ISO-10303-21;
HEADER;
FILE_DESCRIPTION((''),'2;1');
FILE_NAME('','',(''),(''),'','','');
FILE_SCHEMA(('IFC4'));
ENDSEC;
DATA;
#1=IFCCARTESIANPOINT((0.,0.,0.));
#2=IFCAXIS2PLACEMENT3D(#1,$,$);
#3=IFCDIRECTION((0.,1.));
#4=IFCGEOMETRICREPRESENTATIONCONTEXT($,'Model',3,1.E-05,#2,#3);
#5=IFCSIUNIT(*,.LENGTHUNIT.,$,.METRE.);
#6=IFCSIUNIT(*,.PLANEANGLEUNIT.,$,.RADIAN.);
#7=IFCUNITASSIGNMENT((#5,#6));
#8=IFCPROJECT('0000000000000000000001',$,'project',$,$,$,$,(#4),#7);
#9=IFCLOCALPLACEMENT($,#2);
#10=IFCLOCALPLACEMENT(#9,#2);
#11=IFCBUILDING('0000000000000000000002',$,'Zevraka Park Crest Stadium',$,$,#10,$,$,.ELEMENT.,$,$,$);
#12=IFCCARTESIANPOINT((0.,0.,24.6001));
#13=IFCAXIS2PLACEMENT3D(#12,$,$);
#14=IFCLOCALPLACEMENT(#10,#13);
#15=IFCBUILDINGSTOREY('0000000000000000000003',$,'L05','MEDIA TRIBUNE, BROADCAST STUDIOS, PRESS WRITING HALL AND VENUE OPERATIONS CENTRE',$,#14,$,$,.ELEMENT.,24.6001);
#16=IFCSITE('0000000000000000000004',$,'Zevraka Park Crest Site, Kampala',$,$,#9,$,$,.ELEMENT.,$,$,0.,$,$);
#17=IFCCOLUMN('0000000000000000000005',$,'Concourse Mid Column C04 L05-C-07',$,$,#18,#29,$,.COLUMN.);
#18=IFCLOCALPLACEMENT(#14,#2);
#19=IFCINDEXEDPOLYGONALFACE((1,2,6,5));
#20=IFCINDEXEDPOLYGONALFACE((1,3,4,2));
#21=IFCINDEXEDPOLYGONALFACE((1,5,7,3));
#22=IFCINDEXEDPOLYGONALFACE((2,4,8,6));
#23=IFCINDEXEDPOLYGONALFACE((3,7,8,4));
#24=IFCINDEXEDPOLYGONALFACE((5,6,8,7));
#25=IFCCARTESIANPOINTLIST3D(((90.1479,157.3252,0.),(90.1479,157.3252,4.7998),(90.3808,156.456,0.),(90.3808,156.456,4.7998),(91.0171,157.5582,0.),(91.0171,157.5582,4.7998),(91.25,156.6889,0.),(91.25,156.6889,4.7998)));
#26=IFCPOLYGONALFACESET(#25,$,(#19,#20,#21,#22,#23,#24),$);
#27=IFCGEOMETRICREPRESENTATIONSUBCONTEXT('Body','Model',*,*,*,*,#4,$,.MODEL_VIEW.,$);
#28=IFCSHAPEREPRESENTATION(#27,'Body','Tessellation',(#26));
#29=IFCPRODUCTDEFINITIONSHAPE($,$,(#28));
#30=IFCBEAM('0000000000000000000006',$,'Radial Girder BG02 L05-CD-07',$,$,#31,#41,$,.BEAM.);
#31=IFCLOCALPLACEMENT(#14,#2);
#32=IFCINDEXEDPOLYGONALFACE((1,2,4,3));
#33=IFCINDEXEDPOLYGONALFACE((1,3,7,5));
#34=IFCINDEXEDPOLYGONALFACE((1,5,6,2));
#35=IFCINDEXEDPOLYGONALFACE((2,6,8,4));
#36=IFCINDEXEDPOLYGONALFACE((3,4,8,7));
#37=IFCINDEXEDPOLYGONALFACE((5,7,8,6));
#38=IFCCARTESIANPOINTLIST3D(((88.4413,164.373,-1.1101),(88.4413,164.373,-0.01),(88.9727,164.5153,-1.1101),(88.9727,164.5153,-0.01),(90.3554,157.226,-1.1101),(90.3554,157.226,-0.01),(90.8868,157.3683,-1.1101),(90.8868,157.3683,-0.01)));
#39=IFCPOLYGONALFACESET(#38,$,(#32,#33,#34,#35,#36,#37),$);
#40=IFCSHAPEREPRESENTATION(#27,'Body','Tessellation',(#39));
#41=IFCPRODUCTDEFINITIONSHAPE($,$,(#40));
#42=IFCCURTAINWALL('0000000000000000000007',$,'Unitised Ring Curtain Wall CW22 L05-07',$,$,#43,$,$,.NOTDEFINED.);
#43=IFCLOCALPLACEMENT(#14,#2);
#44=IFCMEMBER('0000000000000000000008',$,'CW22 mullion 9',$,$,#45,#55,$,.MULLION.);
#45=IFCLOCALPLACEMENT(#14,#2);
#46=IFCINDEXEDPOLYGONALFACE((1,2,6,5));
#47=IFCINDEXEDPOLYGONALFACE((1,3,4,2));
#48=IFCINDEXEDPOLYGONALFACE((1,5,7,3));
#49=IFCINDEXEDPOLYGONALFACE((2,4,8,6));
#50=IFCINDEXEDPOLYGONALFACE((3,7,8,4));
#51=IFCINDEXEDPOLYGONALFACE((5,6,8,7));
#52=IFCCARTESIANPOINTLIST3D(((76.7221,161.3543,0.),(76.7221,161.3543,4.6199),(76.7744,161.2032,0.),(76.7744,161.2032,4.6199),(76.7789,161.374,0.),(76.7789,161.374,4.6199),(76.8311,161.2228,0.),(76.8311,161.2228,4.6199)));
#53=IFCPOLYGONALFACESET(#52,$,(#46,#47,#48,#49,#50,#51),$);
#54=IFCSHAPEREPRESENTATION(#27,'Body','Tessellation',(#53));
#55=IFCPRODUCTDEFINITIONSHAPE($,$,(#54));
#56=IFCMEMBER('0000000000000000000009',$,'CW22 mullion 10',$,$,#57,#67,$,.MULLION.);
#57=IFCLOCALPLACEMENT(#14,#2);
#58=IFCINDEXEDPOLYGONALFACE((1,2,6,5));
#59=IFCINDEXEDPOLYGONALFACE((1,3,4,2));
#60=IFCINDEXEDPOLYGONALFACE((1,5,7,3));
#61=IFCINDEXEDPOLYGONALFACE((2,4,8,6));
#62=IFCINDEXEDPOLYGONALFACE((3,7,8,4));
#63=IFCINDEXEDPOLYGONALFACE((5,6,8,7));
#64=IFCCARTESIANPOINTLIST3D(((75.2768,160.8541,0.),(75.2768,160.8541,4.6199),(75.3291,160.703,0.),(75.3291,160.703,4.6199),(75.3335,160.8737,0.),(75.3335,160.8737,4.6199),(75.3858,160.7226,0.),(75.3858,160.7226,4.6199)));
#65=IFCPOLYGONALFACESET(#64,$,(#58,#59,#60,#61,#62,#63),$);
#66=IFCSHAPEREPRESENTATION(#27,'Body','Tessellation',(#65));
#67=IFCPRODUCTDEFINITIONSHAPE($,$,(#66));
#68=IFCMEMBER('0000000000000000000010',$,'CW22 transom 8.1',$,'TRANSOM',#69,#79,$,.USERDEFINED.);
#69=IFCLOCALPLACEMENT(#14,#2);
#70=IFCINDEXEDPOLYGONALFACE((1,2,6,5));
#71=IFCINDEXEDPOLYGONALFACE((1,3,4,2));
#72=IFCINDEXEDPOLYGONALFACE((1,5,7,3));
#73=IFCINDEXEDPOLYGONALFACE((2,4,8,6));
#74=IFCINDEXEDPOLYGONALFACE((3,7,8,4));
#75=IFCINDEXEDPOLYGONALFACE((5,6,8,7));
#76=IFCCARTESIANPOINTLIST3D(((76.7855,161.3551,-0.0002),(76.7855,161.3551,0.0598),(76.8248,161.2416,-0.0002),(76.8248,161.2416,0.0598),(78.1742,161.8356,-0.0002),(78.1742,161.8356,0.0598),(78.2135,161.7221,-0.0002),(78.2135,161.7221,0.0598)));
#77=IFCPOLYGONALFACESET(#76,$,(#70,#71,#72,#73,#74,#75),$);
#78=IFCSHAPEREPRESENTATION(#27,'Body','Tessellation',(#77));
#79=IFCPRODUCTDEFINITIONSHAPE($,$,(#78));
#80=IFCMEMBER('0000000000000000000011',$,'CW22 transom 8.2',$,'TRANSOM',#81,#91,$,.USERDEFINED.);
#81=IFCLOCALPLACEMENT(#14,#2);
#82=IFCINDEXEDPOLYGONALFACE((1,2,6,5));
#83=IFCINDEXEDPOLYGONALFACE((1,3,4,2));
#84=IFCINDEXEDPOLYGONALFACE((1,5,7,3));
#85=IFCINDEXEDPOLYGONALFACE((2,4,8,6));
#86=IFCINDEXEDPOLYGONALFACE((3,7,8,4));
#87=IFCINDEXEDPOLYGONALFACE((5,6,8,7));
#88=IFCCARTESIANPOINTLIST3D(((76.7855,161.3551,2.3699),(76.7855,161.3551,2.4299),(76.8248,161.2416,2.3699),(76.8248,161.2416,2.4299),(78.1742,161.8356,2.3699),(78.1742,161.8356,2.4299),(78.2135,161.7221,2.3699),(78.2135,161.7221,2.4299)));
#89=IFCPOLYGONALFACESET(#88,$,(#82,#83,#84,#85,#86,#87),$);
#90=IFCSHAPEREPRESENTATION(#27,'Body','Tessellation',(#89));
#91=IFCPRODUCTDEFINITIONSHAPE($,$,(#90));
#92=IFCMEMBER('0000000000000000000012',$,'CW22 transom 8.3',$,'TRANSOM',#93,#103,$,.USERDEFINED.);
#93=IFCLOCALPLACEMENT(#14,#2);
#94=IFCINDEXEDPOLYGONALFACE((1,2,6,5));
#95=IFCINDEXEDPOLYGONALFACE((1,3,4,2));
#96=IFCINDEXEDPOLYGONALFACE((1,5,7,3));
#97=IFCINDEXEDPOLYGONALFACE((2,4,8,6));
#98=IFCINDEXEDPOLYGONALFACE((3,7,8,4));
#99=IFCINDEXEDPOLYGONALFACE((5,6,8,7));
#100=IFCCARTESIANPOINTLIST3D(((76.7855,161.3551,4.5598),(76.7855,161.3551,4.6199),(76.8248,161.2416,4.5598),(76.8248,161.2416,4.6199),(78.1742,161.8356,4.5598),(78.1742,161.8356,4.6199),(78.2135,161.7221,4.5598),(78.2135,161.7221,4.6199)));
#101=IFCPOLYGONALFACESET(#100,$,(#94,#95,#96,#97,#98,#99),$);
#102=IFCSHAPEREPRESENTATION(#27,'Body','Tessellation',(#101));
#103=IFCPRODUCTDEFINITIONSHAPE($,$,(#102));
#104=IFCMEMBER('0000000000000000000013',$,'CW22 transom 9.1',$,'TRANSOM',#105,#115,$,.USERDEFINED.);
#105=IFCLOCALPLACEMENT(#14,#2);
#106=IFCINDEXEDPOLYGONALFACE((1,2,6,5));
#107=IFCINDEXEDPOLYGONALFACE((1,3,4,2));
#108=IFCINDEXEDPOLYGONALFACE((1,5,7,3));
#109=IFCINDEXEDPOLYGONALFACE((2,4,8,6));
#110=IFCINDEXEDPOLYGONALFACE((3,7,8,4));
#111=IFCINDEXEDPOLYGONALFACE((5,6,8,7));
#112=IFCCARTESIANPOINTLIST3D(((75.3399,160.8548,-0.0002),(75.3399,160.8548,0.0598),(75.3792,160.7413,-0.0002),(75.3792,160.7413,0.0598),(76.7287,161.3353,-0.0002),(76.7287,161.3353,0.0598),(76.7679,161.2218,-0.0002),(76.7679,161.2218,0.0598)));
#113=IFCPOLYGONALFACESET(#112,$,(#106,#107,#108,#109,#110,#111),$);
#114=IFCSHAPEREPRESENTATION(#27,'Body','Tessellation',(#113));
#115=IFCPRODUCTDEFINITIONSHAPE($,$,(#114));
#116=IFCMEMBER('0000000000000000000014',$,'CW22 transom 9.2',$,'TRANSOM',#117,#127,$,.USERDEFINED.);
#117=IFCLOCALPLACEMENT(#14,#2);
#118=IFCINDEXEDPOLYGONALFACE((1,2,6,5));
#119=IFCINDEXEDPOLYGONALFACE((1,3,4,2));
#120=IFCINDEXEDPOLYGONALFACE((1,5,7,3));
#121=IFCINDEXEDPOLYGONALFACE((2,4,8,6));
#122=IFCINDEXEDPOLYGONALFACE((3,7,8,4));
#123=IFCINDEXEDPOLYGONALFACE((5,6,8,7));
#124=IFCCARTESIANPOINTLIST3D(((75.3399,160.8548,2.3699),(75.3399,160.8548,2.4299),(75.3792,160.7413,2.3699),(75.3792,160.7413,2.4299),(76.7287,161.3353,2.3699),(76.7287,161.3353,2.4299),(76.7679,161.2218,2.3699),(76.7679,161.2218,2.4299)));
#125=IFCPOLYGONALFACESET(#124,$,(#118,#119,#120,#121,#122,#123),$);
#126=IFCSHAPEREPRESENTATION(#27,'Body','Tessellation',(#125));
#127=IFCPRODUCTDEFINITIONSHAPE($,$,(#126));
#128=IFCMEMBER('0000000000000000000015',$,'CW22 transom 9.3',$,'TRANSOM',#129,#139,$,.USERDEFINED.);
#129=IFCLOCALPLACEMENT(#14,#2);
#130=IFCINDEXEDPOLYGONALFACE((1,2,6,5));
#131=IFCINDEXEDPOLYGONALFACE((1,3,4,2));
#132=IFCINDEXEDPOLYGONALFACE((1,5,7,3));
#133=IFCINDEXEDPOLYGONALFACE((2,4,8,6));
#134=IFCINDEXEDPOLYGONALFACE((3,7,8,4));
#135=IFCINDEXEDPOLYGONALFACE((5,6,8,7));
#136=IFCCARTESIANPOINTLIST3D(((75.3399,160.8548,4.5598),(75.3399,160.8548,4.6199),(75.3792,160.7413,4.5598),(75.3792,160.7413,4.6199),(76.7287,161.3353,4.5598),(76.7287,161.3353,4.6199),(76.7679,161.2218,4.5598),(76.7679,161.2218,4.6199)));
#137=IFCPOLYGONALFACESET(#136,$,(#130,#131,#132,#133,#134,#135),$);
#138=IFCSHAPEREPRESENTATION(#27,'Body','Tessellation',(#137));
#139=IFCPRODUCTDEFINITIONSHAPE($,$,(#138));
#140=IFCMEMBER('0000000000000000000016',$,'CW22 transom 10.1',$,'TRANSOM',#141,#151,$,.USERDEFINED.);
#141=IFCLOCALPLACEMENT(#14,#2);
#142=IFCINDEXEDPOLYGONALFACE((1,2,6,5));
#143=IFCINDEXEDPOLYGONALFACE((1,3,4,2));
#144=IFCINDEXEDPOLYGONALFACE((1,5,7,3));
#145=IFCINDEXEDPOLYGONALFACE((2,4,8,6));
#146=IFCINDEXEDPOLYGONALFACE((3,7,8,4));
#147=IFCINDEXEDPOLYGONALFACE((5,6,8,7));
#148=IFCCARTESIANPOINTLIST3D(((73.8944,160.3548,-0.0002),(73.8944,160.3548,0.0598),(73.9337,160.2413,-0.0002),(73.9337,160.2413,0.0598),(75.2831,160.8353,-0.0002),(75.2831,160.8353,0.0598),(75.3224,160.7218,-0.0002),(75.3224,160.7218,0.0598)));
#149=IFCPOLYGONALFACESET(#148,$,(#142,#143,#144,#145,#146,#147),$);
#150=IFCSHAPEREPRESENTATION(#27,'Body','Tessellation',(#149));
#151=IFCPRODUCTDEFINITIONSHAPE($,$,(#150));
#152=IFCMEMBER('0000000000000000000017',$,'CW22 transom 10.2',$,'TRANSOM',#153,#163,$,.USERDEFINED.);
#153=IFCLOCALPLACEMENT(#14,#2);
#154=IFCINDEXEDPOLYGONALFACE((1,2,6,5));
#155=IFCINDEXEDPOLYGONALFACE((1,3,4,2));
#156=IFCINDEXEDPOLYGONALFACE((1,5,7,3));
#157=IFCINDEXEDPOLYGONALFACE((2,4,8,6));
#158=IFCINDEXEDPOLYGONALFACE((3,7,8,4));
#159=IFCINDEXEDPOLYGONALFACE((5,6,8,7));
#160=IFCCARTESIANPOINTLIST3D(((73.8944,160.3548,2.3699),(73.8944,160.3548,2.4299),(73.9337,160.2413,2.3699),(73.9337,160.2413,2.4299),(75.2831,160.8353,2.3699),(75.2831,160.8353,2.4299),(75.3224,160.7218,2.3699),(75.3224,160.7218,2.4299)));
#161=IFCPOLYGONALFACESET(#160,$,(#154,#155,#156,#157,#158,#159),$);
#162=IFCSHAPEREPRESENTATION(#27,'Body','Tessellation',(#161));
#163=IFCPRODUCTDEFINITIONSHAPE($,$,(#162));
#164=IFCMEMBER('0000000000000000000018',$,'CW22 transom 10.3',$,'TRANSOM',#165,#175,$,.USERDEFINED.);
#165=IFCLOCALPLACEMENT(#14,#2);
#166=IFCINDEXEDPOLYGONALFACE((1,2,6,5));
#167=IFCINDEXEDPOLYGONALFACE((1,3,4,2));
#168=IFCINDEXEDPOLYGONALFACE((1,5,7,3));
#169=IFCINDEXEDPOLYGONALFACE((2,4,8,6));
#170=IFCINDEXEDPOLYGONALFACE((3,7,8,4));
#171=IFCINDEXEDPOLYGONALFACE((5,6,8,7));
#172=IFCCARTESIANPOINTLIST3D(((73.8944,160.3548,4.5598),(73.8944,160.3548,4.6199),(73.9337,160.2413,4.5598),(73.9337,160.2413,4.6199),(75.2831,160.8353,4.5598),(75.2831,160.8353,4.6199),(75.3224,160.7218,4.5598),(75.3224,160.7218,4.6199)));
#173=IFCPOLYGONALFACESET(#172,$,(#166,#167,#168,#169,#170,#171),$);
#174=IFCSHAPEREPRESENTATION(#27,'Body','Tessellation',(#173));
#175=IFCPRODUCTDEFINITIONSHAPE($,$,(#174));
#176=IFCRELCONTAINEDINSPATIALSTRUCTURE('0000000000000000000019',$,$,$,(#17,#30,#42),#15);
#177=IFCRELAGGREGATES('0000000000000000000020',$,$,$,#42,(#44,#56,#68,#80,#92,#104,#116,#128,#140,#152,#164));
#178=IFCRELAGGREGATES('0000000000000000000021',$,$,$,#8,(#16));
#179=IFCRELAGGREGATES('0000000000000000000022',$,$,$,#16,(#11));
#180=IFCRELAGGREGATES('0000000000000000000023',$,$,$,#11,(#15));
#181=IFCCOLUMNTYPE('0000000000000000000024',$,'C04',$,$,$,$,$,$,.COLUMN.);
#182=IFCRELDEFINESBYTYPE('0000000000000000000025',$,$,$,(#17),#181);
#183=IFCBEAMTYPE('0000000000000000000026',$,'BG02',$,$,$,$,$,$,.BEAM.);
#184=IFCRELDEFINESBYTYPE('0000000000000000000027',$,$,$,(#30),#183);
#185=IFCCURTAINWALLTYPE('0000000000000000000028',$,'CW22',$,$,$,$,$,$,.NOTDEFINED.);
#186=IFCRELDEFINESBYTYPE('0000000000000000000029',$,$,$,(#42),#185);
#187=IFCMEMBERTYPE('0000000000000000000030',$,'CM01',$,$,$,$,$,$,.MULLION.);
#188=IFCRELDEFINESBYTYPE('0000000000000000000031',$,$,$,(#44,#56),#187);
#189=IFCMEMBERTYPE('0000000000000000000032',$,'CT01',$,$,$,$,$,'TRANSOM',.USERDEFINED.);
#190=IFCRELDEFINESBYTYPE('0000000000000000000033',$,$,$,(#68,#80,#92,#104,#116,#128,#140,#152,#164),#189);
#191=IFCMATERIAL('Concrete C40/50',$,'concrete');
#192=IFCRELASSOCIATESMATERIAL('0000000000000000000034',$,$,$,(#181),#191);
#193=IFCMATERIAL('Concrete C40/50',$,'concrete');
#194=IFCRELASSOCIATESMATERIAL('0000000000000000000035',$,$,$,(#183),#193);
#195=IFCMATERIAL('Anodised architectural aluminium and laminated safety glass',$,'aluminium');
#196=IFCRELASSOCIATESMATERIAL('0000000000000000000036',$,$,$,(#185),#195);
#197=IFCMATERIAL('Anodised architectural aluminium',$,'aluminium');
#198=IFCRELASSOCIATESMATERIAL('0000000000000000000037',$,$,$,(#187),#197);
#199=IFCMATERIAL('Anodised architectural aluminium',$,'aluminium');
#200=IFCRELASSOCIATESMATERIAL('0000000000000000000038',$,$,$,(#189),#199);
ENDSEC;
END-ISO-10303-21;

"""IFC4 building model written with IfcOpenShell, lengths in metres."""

from ifc_helpers import new_model, si_unit, direction, frame, origin, origin_2d, place, context, subcontext, project, spatial, rectangle, extrude, material, material_profile, profile_set, type_object, element, aggregate, save


model = new_model("IFC4")

# Units and contexts
model_context = context("Model", 3, precision=1e-05, world=origin(), true_north=direction((0.0, 1.0)))
body_context = subcontext(model_context, "Body", "Model", "MODEL_VIEW")
ifc_project = project(units=[si_unit("LENGTHUNIT", "METRE"), si_unit("PLANEANGLEUNIT", "RADIAN")], contexts=[model_context])

# Site, building, storey
site_placement = place(None, origin())
site = spatial("IfcSite", under=ifc_project, at=site_placement, Name="Zevraka Park Crest Site, Kampala", CompositionType="ELEMENT", RefElevation=0.0)
building_placement = place(site_placement, origin())
building = spatial("IfcBuilding", under=site, at=building_placement, Name="Zevraka Park Crest Stadium", CompositionType="ELEMENT")
storey_placement = place(building_placement, frame((0.0, 0.0, 24.6001)))
storey = spatial("IfcBuildingStorey", under=building, at=storey_placement, Name="L05", Description="MEDIA TRIBUNE, BROADCAST STUDIOS, PRESS WRITING HALL AND VENUE OPERATIONS CENTRE", CompositionType="ELEMENT", Elevation=24.6001)

# Column
ifc_material_1 = material(Name="Concrete C40/50", Category="concrete")
ifc_material_profile_1 = material_profile(ifc_material_1, rectangle(XDim=0.8999, YDim=0.8999, at=origin_2d()), Name="RC 900x900")
ifc_profile_set_1 = profile_set([ifc_material_profile_1], Name="Concrete C40/50")
column_type = type_object("IfcColumnType", Name="C04", PredefinedType="COLUMN", material=ifc_profile_set_1)
column_placement = place(storey_placement, frame((90.699, 157.0071, 0.0), z_axis=(0.0, 0.0, 1.0), x_axis=(-0.258819, 0.965926, 0.0)))
element("IfcColumn", 1, at=column_placement, inside=storey, type_object=column_type, Name="Concourse Mid Column C04 L05-C-07", PredefinedType="COLUMN", context=body_context, shape_type="SweptSolid", body=[
    extrude(rectangle(XDim=0.8999, YDim=0.8999, at=origin_2d()), origin(), (0.0, 0.0, 1.0), 4.7998),
])

# Beam
ifc_material_2 = material(Name="Concrete C40/50", Category="concrete")
ifc_material_profile_2 = material_profile(ifc_material_2, rectangle(XDim=0.55, YDim=1.1001, at=origin_2d()), Name="RC 1100x550")
ifc_profile_set_2 = profile_set([ifc_material_profile_2], Name="Concrete C40/50")
beam_type_1 = type_object("IfcBeamType", Name="BG02", PredefinedType="BEAM", material=ifc_profile_set_2)
beam_1_placement = place(storey_placement, frame((90.6211, 157.2971, -0.5601), z_axis=(-0.258698, 0.965958, 0.0), x_axis=(-0.965958, -0.258698, 0.0)))
element("IfcBeam", 2, at=beam_1_placement, inside=storey, type_object=beam_type_1, Name="Radial Girder BG02 L05-CD-07", PredefinedType="BEAM", context=body_context, shape_type="SweptSolid", body=[
    extrude(rectangle(XDim=0.55, YDim=1.1001, at=origin_2d()), origin(), (0.0, 0.0, 1.0), 7.3989),
])

# Curtain wall, members
ifc_material_3 = material(Name="Anodised architectural aluminium and laminated safety glass", Category="aluminium")
curtain_wall_type = type_object("IfcCurtainWallType", Name="CW22", PredefinedType="NOTDEFINED", material=ifc_material_3)
curtain_wall_placement = place(storey_placement, origin())
curtain_wall = element("IfcCurtainWall", 3, at=curtain_wall_placement, inside=storey, type_object=curtain_wall_type, Name="Unitised Ring Curtain Wall CW22 L05-07", PredefinedType="NOTDEFINED")
ifc_material_4 = material(Name="Anodised architectural aluminium", Category="aluminium")
ifc_material_profile_3 = material_profile(ifc_material_4, rectangle(XDim=0.1599, YDim=0.0601, at=origin_2d()), Name="ALU MULLION 160x60")
ifc_profile_set_3 = profile_set([ifc_material_profile_3], Name="Anodised architectural aluminium")
member_type_1 = type_object("IfcMemberType", Name="CM01", PredefinedType="MULLION", material=ifc_profile_set_3)
member_1_placement = place(storey_placement, frame((76.7766, 161.2886, 0.0), z_axis=(0.0, 0.0, 1.0), x_axis=(0.326929, -0.945049, 0.0)))
member_1 = element("IfcMember", 4, at=member_1_placement, type_object=member_type_1, Name="CW22 mullion 9", PredefinedType="MULLION", context=body_context, shape_type="SweptSolid", body=[
    extrude(rectangle(XDim=0.1599, YDim=0.0601, at=origin_2d()), origin(), (0.0, 0.0, 1.0), 4.6199),
])
member_2_placement = place(storey_placement, frame((75.3313, 160.7883, 0.0), z_axis=(0.0, 0.0, 1.0), x_axis=(0.326929, -0.945049, 0.0)))
member_2 = element("IfcMember", 5, at=member_2_placement, type_object=member_type_1, Name="CW22 mullion 10", PredefinedType="MULLION", context=body_context, shape_type="SweptSolid", body=[
    extrude(rectangle(XDim=0.1599, YDim=0.0601, at=origin_2d()), origin(), (0.0, 0.0, 1.0), 4.6199),
])
ifc_material_5 = material(Name="Anodised architectural aluminium", Category="aluminium")
ifc_material_profile_4 = material_profile(ifc_material_5, rectangle(XDim=0.1201, YDim=0.0601, at=origin_2d()), Name="ALU TRANSOM 120x60")
ifc_profile_set_4 = profile_set([ifc_material_profile_4], Name="Anodised architectural aluminium")
member_type_2 = type_object("IfcMemberType", Name="CT01", ElementType="TRANSOM", PredefinedType="USERDEFINED", material=ifc_profile_set_4)
member_3_placement = place(storey_placement, frame((78.1938, 161.7788, 0.0298), z_axis=(-0.945033, -0.326974, 0.0), x_axis=(0.326974, -0.945033, 0.0)))
member_3 = element("IfcMember", 6, at=member_3_placement, type_object=member_type_2, Name="CW22 transom 8.1", ObjectType="TRANSOM", PredefinedType="USERDEFINED", context=body_context, shape_type="SweptSolid", body=[
    extrude(rectangle(XDim=0.1201, YDim=0.0601, at=origin_2d()), origin(), (0.0, 0.0, 1.0), 1.4695),
])
member_4_placement = place(storey_placement, frame((78.1938, 161.7788, 2.3999), z_axis=(-0.945033, -0.326974, 0.0), x_axis=(0.326974, -0.945033, 0.0)))
member_4 = element("IfcMember", 7, at=member_4_placement, type_object=member_type_2, Name="CW22 transom 8.2", ObjectType="TRANSOM", PredefinedType="USERDEFINED", context=body_context, shape_type="SweptSolid", body=[
    extrude(rectangle(XDim=0.1201, YDim=0.0601, at=origin_2d()), origin(), (0.0, 0.0, 1.0), 1.4695),
])
member_5_placement = place(storey_placement, frame((78.1938, 161.7788, 4.5898), z_axis=(-0.945033, -0.326974, 0.0), x_axis=(0.326974, -0.945033, 0.0)))
member_5 = element("IfcMember", 8, at=member_5_placement, type_object=member_type_2, Name="CW22 transom 8.3", ObjectType="TRANSOM", PredefinedType="USERDEFINED", context=body_context, shape_type="SweptSolid", body=[
    extrude(rectangle(XDim=0.1201, YDim=0.0601, at=origin_2d()), origin(), (0.0, 0.0, 1.0), 1.4695),
])
member_6_placement = place(storey_placement, frame((76.7483, 161.2786, 0.0298), z_axis=(-0.945033, -0.326974, 0.0), x_axis=(0.326974, -0.945033, 0.0)))
member_6 = element("IfcMember", 9, at=member_6_placement, type_object=member_type_2, Name="CW22 transom 9.1", ObjectType="TRANSOM", PredefinedType="USERDEFINED", context=body_context, shape_type="SweptSolid", body=[
    extrude(rectangle(XDim=0.1201, YDim=0.0601, at=origin_2d()), origin(), (0.0, 0.0, 1.0), 1.4695),
])
member_7_placement = place(storey_placement, frame((76.7483, 161.2786, 2.3999), z_axis=(-0.945033, -0.326974, 0.0), x_axis=(0.326974, -0.945033, 0.0)))
member_7 = element("IfcMember", 10, at=member_7_placement, type_object=member_type_2, Name="CW22 transom 9.2", ObjectType="TRANSOM", PredefinedType="USERDEFINED", context=body_context, shape_type="SweptSolid", body=[
    extrude(rectangle(XDim=0.1201, YDim=0.0601, at=origin_2d()), origin(), (0.0, 0.0, 1.0), 1.4695),
])
member_8_placement = place(storey_placement, frame((76.7483, 161.2786, 4.5898), z_axis=(-0.945033, -0.326974, 0.0), x_axis=(0.326974, -0.945033, 0.0)))
member_8 = element("IfcMember", 11, at=member_8_placement, type_object=member_type_2, Name="CW22 transom 9.3", ObjectType="TRANSOM", PredefinedType="USERDEFINED", context=body_context, shape_type="SweptSolid", body=[
    extrude(rectangle(XDim=0.1201, YDim=0.0601, at=origin_2d()), origin(), (0.0, 0.0, 1.0), 1.4695),
])
member_9_placement = place(storey_placement, frame((75.3027, 160.7786, 0.0298), z_axis=(-0.945033, -0.326974, 0.0), x_axis=(0.326974, -0.945033, 0.0)))
member_9 = element("IfcMember", 12, at=member_9_placement, type_object=member_type_2, Name="CW22 transom 10.1", ObjectType="TRANSOM", PredefinedType="USERDEFINED", context=body_context, shape_type="SweptSolid", body=[
    extrude(rectangle(XDim=0.1201, YDim=0.0601, at=origin_2d()), origin(), (0.0, 0.0, 1.0), 1.4695),
])
member_10_placement = place(storey_placement, frame((75.3027, 160.7786, 2.3999), z_axis=(-0.945033, -0.326974, 0.0), x_axis=(0.326974, -0.945033, 0.0)))
member_10 = element("IfcMember", 13, at=member_10_placement, type_object=member_type_2, Name="CW22 transom 10.2", ObjectType="TRANSOM", PredefinedType="USERDEFINED", context=body_context, shape_type="SweptSolid", body=[
    extrude(rectangle(XDim=0.1201, YDim=0.0601, at=origin_2d()), origin(), (0.0, 0.0, 1.0), 1.4695),
])
member_11_placement = place(storey_placement, frame((75.3027, 160.7786, 4.5898), z_axis=(-0.945033, -0.326974, 0.0), x_axis=(0.326974, -0.945033, 0.0)))
member_11 = element("IfcMember", 14, at=member_11_placement, type_object=member_type_2, Name="CW22 transom 10.3", ObjectType="TRANSOM", PredefinedType="USERDEFINED", context=body_context, shape_type="SweptSolid", body=[
    extrude(rectangle(XDim=0.1201, YDim=0.0601, at=origin_2d()), origin(), (0.0, 0.0, 1.0), 1.4695),
])

aggregate(curtain_wall, [member_1, member_2, member_3, member_4, member_5, member_6, member_7, member_8, member_9, member_10, member_11])

save(model, "model.ifc")
